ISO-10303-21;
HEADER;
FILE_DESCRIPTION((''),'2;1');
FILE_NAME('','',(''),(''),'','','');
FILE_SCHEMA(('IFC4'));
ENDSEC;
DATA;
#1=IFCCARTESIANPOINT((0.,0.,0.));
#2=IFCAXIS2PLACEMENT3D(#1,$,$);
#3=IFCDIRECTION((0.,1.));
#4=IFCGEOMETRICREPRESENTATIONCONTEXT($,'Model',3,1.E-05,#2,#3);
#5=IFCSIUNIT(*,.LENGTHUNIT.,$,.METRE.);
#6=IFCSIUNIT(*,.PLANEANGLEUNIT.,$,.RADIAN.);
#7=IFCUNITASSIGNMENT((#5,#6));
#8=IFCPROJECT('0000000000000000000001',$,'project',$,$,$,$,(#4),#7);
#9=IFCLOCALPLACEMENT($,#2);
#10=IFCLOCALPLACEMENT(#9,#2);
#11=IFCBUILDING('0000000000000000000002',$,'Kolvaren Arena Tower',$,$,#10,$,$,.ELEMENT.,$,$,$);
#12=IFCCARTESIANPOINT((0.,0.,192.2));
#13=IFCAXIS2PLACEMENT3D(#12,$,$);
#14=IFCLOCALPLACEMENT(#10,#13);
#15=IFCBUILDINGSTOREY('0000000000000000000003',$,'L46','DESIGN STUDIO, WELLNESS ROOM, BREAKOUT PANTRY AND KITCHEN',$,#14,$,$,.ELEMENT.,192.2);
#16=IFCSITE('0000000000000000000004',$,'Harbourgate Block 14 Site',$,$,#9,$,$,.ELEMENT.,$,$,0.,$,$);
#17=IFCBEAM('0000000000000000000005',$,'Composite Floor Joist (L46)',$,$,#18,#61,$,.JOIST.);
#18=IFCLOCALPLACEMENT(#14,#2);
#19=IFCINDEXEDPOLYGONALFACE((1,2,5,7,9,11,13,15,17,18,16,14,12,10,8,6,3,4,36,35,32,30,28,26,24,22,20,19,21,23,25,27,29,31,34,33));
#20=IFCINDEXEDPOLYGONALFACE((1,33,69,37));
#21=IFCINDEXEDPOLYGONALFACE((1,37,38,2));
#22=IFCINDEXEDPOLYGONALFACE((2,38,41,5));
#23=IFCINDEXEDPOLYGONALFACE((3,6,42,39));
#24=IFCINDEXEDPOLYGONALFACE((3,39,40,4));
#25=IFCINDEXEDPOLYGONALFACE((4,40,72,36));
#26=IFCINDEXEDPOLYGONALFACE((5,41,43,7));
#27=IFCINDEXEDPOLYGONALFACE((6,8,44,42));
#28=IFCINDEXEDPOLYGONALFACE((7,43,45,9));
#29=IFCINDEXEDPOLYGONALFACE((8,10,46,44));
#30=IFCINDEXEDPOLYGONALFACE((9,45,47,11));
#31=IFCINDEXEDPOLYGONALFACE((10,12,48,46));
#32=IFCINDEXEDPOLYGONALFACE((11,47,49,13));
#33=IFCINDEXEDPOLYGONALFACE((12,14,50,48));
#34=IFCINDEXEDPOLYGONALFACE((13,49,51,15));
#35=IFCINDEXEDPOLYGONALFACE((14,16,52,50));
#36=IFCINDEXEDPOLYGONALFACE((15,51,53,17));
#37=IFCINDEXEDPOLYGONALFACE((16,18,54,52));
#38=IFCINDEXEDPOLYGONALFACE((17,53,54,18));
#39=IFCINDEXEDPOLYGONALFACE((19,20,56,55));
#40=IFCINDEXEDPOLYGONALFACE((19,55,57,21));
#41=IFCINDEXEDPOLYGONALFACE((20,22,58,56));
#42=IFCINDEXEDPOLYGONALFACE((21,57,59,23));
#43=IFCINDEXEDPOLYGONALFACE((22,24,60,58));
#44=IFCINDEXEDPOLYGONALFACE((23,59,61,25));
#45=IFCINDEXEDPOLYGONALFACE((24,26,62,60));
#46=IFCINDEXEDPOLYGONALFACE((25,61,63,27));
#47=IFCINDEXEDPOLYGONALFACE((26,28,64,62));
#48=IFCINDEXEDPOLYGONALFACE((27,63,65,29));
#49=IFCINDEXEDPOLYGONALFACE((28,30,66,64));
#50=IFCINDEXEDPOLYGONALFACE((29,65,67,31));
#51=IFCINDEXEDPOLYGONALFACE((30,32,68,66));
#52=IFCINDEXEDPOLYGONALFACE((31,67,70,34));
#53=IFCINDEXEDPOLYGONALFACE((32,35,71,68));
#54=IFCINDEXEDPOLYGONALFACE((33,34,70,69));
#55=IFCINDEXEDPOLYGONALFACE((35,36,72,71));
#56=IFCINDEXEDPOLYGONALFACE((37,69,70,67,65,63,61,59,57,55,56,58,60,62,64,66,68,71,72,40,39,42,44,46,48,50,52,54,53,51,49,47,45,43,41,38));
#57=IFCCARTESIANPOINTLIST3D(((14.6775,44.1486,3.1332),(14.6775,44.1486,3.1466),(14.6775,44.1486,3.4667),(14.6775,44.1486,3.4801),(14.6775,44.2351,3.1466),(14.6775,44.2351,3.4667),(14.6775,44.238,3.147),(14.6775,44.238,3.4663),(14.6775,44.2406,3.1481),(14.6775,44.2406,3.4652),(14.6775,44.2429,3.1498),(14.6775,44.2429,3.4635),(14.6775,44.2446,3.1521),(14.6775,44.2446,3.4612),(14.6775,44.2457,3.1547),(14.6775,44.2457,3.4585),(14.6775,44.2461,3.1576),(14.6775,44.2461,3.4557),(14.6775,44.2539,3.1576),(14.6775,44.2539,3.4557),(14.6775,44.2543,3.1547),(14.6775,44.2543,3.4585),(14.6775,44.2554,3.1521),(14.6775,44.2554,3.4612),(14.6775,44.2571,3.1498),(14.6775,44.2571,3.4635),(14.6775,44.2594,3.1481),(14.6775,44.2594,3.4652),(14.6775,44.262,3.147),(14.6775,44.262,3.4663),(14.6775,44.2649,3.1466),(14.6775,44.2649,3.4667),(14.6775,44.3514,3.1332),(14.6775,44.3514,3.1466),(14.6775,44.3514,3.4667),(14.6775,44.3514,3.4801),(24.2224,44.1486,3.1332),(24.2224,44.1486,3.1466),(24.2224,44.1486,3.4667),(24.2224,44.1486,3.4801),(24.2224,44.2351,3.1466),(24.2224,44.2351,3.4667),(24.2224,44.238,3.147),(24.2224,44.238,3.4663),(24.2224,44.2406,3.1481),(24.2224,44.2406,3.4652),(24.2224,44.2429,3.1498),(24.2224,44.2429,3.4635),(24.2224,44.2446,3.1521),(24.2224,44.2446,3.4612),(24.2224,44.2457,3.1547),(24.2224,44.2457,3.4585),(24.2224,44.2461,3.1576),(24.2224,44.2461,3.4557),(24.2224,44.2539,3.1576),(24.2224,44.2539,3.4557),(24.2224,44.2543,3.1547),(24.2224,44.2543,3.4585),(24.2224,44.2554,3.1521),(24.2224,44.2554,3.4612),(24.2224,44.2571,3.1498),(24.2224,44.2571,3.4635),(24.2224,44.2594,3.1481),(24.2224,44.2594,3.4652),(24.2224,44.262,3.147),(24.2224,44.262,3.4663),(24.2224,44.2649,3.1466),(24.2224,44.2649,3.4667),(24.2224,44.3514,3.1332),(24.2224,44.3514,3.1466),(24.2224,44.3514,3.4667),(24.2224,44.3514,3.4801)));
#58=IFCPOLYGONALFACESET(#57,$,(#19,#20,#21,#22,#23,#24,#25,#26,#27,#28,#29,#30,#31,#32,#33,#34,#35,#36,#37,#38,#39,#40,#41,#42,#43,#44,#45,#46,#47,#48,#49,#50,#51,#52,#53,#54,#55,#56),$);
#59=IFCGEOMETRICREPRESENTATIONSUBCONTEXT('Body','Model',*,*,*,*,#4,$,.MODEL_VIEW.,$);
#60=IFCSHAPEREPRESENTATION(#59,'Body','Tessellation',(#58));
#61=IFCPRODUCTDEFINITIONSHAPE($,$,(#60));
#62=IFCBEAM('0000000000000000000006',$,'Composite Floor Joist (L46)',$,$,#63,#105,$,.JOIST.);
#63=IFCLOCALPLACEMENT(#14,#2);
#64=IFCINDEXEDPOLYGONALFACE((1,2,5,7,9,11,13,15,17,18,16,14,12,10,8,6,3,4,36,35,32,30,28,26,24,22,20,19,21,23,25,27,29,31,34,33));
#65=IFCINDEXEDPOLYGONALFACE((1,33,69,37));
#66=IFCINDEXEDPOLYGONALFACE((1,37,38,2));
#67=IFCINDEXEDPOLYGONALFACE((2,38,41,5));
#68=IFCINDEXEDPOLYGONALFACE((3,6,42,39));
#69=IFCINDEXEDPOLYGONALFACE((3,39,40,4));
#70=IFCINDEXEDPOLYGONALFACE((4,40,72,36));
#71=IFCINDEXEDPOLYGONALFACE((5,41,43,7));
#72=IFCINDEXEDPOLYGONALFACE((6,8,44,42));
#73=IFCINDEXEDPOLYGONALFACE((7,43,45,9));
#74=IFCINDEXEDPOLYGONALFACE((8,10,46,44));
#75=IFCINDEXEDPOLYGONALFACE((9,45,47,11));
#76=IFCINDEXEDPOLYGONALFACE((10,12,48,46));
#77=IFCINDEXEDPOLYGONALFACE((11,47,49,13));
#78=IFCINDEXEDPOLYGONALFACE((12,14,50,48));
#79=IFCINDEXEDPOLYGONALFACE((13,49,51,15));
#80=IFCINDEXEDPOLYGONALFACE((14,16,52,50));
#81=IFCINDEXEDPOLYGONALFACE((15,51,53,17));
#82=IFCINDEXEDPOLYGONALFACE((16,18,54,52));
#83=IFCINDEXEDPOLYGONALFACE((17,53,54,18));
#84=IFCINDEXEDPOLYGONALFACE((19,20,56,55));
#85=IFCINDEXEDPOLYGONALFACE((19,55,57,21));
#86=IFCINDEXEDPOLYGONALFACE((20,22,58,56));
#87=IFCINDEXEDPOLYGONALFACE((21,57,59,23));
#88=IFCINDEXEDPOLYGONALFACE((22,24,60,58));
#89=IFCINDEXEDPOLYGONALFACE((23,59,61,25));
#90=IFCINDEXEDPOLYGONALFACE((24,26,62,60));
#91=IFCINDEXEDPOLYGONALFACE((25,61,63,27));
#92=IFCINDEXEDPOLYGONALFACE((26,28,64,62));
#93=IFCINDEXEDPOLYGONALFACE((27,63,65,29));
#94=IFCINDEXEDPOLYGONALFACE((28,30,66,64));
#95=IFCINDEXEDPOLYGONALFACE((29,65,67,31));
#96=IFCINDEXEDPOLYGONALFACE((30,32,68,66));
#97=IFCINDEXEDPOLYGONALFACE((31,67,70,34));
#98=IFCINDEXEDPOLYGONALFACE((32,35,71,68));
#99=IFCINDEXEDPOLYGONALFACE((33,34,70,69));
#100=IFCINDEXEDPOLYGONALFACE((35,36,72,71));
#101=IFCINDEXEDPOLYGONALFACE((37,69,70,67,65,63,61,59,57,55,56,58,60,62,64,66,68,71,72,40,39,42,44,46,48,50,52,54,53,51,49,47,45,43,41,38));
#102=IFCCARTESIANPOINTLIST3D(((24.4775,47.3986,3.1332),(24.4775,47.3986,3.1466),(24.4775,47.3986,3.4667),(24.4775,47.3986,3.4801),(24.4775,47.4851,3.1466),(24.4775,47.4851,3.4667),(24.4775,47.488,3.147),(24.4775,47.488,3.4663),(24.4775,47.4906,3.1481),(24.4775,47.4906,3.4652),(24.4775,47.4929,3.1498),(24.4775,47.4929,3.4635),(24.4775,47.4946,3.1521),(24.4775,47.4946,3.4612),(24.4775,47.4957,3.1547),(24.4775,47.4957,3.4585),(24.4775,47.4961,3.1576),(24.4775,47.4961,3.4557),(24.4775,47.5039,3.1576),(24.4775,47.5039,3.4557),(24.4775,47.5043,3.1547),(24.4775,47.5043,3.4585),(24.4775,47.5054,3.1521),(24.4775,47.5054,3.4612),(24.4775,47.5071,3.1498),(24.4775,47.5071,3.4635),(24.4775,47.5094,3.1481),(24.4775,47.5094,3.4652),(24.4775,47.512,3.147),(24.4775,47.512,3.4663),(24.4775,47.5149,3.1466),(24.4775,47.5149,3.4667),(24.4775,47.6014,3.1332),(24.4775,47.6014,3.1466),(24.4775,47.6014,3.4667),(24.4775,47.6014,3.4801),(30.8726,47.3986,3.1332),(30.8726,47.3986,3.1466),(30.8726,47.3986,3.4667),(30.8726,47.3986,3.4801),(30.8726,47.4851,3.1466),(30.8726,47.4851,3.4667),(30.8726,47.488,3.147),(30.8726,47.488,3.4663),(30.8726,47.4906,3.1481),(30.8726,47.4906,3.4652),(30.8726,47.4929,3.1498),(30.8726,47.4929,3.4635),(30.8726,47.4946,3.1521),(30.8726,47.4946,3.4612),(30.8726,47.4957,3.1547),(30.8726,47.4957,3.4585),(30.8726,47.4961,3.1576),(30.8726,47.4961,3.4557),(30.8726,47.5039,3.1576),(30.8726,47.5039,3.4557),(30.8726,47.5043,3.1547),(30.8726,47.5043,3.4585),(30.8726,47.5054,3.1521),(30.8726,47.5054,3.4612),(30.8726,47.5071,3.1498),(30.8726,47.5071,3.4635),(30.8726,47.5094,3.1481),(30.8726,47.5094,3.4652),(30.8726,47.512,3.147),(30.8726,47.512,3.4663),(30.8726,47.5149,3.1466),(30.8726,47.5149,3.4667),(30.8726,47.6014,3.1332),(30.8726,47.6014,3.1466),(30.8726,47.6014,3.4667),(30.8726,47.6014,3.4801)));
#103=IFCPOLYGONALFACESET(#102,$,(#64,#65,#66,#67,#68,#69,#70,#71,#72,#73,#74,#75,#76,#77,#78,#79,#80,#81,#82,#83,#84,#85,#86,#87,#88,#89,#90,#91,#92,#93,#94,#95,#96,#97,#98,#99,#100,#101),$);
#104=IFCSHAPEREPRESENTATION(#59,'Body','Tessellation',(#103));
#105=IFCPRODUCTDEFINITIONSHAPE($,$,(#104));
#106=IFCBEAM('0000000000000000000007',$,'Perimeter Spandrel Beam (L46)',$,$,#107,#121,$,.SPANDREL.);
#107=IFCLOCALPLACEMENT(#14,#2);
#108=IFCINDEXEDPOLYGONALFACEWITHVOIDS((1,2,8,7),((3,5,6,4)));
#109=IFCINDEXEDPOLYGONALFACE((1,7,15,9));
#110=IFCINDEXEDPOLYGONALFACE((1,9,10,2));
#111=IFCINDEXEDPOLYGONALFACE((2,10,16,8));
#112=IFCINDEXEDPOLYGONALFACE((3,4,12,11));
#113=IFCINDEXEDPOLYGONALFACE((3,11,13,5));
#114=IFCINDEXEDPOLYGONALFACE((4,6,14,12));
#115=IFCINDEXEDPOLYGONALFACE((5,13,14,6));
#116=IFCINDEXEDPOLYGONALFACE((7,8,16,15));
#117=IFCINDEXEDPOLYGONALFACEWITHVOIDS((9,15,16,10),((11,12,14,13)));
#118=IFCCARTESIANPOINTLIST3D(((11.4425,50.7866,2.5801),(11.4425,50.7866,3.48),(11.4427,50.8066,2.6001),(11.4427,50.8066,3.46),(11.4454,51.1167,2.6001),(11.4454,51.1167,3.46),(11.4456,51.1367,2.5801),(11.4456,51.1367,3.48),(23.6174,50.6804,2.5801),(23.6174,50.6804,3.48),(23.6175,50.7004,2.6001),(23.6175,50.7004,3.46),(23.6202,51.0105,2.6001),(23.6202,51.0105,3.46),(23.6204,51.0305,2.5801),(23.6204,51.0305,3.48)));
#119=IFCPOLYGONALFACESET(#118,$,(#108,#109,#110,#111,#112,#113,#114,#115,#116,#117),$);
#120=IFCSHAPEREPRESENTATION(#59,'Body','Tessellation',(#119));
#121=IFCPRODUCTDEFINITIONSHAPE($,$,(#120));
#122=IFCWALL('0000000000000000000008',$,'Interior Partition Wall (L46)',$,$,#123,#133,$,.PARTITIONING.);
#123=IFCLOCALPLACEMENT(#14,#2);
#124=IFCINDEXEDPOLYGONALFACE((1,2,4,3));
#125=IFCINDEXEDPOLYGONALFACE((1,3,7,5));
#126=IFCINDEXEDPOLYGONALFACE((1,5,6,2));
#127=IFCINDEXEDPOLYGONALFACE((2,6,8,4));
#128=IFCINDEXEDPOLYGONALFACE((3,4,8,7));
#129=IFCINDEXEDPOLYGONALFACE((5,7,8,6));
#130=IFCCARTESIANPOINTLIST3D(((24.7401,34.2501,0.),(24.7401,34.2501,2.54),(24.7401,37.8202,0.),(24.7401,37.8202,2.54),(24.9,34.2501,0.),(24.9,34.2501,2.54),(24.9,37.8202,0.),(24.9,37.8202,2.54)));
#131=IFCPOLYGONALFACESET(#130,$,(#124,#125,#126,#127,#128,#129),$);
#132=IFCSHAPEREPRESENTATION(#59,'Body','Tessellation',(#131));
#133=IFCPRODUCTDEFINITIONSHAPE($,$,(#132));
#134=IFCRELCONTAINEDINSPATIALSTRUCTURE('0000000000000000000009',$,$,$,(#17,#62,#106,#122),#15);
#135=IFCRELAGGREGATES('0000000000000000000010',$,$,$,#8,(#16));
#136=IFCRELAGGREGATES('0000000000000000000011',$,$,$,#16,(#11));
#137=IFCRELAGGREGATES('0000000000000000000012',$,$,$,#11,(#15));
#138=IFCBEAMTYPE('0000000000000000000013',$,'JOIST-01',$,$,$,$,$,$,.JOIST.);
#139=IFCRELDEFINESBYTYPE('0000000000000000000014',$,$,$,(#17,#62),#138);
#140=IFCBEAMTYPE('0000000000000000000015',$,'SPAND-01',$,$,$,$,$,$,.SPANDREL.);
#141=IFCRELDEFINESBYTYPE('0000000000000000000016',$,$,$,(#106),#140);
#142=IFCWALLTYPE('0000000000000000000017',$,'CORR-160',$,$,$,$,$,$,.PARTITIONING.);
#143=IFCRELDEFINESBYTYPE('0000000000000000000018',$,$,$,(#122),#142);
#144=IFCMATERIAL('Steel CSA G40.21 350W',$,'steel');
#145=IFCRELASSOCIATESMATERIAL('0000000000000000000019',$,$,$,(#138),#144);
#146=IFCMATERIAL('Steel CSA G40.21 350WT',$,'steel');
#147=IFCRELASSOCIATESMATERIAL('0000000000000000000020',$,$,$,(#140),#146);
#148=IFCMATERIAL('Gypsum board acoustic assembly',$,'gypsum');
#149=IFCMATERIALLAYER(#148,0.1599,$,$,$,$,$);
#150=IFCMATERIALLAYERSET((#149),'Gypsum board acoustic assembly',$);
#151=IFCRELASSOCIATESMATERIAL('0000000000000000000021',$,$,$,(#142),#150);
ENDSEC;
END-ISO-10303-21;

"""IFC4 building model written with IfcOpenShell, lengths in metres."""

from ifc_helpers import new_model, si_unit, direction, frame, frame_2d, origin, origin_2d, place, context, subcontext, project, spatial, rectangle, hollow_rectangle, i_section, extrude, material, layer, layer_set, material_profile, profile_set, type_object, element, save


model = new_model("IFC4")

# Units and contexts
model_context = context("Model", 3, precision=1e-05, world=origin(), true_north=direction((0.0, 1.0)))
body_context = subcontext(model_context, "Body", "Model", "MODEL_VIEW")
ifc_project = project(units=[si_unit("LENGTHUNIT", "METRE"), si_unit("PLANEANGLEUNIT", "RADIAN")], contexts=[model_context])

# Site, building, storey
site_placement = place(None, origin())
site = spatial("IfcSite", under=ifc_project, at=site_placement, Name="Harbourgate Block 14 Site", CompositionType="ELEMENT", RefElevation=0.0)
building_placement = place(site_placement, origin())
building = spatial("IfcBuilding", under=site, at=building_placement, Name="Kolvaren Arena Tower", CompositionType="ELEMENT")
storey_placement = place(building_placement, frame((0.0, 0.0, 192.2)))
storey = spatial("IfcBuildingStorey", under=building, at=storey_placement, Name="L46", Description="DESIGN STUDIO, WELLNESS ROOM, BREAKOUT PANTRY AND KITCHEN", CompositionType="ELEMENT", Elevation=192.2)

# Beams
ifc_material_1 = material(Name="Steel CSA G40.21 350W", Category="steel")
ifc_material_profile_1 = material_profile(ifc_material_1, i_section(OverallWidth=0.2029, OverallDepth=0.3469, WebThickness=0.0078, FlangeThickness=0.0134, FilletRadius=0.011, at=origin_2d()), Name="W360x64")
ifc_profile_set_1 = profile_set([ifc_material_profile_1], Name="Steel CSA G40.21 350W")
beam_type_1 = type_object("IfcBeamType", Name="JOIST-01", PredefinedType="JOIST", material=ifc_profile_set_1)
beam_1_placement = place(storey_placement, frame((14.6775, 44.25, 3.3066), z_axis=(1.0, 0.0, 0.0), x_axis=(0.0, 1.0, 0.0)))
element("IfcBeam", 1, at=beam_1_placement, inside=storey, type_object=beam_type_1, Name="Composite Floor Joist (L46)", PredefinedType="JOIST", context=body_context, shape_type="SweptSolid", body=[
    extrude(i_section(OverallWidth=0.2029, OverallDepth=0.3469, WebThickness=0.0078, FlangeThickness=0.0134, FilletRadius=0.011, at=origin_2d()), origin(), (0.0, 0.0, 1.0), 9.5449),
])
beam_2_placement = place(storey_placement, frame((24.4775, 47.5, 3.3066), z_axis=(1.0, 0.0, 0.0), x_axis=(0.0, 1.0, 0.0)))
element("IfcBeam", 2, at=beam_2_placement, inside=storey, type_object=beam_type_1, Name="Composite Floor Joist (L46)", PredefinedType="JOIST", context=body_context, shape_type="SweptSolid", body=[
    extrude(i_section(OverallWidth=0.2029, OverallDepth=0.3469, WebThickness=0.0078, FlangeThickness=0.0134, FilletRadius=0.011, at=origin_2d()), origin(), (0.0, 0.0, 1.0), 6.395),
])
ifc_material_2 = material(Name="Steel CSA G40.21 350WT", Category="steel")
ifc_material_profile_2 = material_profile(ifc_material_2, hollow_rectangle(XDim=0.3501, YDim=0.8999, WallThickness=0.02, at=origin_2d()), Name="HSS 900x350x20")
ifc_profile_set_2 = profile_set([ifc_material_profile_2], Name="Steel CSA G40.21 350WT")
beam_type_2 = type_object("IfcBeamType", Name="SPAND-01", PredefinedType="SPANDREL", material=ifc_profile_set_2)
beam_3_placement = place(storey_placement, frame((23.6189, 50.8555, 3.03), z_axis=(-0.999962, 0.008723, 0.0), x_axis=(-0.008723, -0.999962, 0.0)))
element("IfcBeam", 3, at=beam_3_placement, inside=storey, type_object=beam_type_2, Name="Perimeter Spandrel Beam (L46)", PredefinedType="SPANDREL", context=body_context, shape_type="SweptSolid", body=[
    extrude(hollow_rectangle(XDim=0.3501, YDim=0.8999, WallThickness=0.02, at=origin_2d()), origin(), (0.0, 0.0, 1.0), 12.1753),
])

# Wall
ifc_material_3 = material(Name="Gypsum board acoustic assembly", Category="gypsum")
ifc_layer_1 = layer(ifc_material_3, 0.1599)
ifc_layer_set_1 = layer_set([ifc_layer_1], Name="Gypsum board acoustic assembly")
wall_type_1 = type_object("IfcWallType", Name="CORR-160", PredefinedType="PARTITIONING", material=ifc_layer_set_1)
wall_1_placement = place(storey_placement, frame((24.8201, 34.25, 0.0), z_axis=(0.0, 0.0, 1.0), x_axis=(0.0, 1.0, 0.0)))
element("IfcWall", 4, at=wall_1_placement, inside=storey, type_object=wall_type_1, Name="Interior Partition Wall (L46)", PredefinedType="PARTITIONING", context=body_context, shape_type="SweptSolid", body=[
    extrude(rectangle(XDim=3.5701, YDim=0.1599, at=frame_2d((1.7852, 0.0))), origin(), (0.0, 0.0, 1.0), 2.54),
])

save(model, "model.ifc")
